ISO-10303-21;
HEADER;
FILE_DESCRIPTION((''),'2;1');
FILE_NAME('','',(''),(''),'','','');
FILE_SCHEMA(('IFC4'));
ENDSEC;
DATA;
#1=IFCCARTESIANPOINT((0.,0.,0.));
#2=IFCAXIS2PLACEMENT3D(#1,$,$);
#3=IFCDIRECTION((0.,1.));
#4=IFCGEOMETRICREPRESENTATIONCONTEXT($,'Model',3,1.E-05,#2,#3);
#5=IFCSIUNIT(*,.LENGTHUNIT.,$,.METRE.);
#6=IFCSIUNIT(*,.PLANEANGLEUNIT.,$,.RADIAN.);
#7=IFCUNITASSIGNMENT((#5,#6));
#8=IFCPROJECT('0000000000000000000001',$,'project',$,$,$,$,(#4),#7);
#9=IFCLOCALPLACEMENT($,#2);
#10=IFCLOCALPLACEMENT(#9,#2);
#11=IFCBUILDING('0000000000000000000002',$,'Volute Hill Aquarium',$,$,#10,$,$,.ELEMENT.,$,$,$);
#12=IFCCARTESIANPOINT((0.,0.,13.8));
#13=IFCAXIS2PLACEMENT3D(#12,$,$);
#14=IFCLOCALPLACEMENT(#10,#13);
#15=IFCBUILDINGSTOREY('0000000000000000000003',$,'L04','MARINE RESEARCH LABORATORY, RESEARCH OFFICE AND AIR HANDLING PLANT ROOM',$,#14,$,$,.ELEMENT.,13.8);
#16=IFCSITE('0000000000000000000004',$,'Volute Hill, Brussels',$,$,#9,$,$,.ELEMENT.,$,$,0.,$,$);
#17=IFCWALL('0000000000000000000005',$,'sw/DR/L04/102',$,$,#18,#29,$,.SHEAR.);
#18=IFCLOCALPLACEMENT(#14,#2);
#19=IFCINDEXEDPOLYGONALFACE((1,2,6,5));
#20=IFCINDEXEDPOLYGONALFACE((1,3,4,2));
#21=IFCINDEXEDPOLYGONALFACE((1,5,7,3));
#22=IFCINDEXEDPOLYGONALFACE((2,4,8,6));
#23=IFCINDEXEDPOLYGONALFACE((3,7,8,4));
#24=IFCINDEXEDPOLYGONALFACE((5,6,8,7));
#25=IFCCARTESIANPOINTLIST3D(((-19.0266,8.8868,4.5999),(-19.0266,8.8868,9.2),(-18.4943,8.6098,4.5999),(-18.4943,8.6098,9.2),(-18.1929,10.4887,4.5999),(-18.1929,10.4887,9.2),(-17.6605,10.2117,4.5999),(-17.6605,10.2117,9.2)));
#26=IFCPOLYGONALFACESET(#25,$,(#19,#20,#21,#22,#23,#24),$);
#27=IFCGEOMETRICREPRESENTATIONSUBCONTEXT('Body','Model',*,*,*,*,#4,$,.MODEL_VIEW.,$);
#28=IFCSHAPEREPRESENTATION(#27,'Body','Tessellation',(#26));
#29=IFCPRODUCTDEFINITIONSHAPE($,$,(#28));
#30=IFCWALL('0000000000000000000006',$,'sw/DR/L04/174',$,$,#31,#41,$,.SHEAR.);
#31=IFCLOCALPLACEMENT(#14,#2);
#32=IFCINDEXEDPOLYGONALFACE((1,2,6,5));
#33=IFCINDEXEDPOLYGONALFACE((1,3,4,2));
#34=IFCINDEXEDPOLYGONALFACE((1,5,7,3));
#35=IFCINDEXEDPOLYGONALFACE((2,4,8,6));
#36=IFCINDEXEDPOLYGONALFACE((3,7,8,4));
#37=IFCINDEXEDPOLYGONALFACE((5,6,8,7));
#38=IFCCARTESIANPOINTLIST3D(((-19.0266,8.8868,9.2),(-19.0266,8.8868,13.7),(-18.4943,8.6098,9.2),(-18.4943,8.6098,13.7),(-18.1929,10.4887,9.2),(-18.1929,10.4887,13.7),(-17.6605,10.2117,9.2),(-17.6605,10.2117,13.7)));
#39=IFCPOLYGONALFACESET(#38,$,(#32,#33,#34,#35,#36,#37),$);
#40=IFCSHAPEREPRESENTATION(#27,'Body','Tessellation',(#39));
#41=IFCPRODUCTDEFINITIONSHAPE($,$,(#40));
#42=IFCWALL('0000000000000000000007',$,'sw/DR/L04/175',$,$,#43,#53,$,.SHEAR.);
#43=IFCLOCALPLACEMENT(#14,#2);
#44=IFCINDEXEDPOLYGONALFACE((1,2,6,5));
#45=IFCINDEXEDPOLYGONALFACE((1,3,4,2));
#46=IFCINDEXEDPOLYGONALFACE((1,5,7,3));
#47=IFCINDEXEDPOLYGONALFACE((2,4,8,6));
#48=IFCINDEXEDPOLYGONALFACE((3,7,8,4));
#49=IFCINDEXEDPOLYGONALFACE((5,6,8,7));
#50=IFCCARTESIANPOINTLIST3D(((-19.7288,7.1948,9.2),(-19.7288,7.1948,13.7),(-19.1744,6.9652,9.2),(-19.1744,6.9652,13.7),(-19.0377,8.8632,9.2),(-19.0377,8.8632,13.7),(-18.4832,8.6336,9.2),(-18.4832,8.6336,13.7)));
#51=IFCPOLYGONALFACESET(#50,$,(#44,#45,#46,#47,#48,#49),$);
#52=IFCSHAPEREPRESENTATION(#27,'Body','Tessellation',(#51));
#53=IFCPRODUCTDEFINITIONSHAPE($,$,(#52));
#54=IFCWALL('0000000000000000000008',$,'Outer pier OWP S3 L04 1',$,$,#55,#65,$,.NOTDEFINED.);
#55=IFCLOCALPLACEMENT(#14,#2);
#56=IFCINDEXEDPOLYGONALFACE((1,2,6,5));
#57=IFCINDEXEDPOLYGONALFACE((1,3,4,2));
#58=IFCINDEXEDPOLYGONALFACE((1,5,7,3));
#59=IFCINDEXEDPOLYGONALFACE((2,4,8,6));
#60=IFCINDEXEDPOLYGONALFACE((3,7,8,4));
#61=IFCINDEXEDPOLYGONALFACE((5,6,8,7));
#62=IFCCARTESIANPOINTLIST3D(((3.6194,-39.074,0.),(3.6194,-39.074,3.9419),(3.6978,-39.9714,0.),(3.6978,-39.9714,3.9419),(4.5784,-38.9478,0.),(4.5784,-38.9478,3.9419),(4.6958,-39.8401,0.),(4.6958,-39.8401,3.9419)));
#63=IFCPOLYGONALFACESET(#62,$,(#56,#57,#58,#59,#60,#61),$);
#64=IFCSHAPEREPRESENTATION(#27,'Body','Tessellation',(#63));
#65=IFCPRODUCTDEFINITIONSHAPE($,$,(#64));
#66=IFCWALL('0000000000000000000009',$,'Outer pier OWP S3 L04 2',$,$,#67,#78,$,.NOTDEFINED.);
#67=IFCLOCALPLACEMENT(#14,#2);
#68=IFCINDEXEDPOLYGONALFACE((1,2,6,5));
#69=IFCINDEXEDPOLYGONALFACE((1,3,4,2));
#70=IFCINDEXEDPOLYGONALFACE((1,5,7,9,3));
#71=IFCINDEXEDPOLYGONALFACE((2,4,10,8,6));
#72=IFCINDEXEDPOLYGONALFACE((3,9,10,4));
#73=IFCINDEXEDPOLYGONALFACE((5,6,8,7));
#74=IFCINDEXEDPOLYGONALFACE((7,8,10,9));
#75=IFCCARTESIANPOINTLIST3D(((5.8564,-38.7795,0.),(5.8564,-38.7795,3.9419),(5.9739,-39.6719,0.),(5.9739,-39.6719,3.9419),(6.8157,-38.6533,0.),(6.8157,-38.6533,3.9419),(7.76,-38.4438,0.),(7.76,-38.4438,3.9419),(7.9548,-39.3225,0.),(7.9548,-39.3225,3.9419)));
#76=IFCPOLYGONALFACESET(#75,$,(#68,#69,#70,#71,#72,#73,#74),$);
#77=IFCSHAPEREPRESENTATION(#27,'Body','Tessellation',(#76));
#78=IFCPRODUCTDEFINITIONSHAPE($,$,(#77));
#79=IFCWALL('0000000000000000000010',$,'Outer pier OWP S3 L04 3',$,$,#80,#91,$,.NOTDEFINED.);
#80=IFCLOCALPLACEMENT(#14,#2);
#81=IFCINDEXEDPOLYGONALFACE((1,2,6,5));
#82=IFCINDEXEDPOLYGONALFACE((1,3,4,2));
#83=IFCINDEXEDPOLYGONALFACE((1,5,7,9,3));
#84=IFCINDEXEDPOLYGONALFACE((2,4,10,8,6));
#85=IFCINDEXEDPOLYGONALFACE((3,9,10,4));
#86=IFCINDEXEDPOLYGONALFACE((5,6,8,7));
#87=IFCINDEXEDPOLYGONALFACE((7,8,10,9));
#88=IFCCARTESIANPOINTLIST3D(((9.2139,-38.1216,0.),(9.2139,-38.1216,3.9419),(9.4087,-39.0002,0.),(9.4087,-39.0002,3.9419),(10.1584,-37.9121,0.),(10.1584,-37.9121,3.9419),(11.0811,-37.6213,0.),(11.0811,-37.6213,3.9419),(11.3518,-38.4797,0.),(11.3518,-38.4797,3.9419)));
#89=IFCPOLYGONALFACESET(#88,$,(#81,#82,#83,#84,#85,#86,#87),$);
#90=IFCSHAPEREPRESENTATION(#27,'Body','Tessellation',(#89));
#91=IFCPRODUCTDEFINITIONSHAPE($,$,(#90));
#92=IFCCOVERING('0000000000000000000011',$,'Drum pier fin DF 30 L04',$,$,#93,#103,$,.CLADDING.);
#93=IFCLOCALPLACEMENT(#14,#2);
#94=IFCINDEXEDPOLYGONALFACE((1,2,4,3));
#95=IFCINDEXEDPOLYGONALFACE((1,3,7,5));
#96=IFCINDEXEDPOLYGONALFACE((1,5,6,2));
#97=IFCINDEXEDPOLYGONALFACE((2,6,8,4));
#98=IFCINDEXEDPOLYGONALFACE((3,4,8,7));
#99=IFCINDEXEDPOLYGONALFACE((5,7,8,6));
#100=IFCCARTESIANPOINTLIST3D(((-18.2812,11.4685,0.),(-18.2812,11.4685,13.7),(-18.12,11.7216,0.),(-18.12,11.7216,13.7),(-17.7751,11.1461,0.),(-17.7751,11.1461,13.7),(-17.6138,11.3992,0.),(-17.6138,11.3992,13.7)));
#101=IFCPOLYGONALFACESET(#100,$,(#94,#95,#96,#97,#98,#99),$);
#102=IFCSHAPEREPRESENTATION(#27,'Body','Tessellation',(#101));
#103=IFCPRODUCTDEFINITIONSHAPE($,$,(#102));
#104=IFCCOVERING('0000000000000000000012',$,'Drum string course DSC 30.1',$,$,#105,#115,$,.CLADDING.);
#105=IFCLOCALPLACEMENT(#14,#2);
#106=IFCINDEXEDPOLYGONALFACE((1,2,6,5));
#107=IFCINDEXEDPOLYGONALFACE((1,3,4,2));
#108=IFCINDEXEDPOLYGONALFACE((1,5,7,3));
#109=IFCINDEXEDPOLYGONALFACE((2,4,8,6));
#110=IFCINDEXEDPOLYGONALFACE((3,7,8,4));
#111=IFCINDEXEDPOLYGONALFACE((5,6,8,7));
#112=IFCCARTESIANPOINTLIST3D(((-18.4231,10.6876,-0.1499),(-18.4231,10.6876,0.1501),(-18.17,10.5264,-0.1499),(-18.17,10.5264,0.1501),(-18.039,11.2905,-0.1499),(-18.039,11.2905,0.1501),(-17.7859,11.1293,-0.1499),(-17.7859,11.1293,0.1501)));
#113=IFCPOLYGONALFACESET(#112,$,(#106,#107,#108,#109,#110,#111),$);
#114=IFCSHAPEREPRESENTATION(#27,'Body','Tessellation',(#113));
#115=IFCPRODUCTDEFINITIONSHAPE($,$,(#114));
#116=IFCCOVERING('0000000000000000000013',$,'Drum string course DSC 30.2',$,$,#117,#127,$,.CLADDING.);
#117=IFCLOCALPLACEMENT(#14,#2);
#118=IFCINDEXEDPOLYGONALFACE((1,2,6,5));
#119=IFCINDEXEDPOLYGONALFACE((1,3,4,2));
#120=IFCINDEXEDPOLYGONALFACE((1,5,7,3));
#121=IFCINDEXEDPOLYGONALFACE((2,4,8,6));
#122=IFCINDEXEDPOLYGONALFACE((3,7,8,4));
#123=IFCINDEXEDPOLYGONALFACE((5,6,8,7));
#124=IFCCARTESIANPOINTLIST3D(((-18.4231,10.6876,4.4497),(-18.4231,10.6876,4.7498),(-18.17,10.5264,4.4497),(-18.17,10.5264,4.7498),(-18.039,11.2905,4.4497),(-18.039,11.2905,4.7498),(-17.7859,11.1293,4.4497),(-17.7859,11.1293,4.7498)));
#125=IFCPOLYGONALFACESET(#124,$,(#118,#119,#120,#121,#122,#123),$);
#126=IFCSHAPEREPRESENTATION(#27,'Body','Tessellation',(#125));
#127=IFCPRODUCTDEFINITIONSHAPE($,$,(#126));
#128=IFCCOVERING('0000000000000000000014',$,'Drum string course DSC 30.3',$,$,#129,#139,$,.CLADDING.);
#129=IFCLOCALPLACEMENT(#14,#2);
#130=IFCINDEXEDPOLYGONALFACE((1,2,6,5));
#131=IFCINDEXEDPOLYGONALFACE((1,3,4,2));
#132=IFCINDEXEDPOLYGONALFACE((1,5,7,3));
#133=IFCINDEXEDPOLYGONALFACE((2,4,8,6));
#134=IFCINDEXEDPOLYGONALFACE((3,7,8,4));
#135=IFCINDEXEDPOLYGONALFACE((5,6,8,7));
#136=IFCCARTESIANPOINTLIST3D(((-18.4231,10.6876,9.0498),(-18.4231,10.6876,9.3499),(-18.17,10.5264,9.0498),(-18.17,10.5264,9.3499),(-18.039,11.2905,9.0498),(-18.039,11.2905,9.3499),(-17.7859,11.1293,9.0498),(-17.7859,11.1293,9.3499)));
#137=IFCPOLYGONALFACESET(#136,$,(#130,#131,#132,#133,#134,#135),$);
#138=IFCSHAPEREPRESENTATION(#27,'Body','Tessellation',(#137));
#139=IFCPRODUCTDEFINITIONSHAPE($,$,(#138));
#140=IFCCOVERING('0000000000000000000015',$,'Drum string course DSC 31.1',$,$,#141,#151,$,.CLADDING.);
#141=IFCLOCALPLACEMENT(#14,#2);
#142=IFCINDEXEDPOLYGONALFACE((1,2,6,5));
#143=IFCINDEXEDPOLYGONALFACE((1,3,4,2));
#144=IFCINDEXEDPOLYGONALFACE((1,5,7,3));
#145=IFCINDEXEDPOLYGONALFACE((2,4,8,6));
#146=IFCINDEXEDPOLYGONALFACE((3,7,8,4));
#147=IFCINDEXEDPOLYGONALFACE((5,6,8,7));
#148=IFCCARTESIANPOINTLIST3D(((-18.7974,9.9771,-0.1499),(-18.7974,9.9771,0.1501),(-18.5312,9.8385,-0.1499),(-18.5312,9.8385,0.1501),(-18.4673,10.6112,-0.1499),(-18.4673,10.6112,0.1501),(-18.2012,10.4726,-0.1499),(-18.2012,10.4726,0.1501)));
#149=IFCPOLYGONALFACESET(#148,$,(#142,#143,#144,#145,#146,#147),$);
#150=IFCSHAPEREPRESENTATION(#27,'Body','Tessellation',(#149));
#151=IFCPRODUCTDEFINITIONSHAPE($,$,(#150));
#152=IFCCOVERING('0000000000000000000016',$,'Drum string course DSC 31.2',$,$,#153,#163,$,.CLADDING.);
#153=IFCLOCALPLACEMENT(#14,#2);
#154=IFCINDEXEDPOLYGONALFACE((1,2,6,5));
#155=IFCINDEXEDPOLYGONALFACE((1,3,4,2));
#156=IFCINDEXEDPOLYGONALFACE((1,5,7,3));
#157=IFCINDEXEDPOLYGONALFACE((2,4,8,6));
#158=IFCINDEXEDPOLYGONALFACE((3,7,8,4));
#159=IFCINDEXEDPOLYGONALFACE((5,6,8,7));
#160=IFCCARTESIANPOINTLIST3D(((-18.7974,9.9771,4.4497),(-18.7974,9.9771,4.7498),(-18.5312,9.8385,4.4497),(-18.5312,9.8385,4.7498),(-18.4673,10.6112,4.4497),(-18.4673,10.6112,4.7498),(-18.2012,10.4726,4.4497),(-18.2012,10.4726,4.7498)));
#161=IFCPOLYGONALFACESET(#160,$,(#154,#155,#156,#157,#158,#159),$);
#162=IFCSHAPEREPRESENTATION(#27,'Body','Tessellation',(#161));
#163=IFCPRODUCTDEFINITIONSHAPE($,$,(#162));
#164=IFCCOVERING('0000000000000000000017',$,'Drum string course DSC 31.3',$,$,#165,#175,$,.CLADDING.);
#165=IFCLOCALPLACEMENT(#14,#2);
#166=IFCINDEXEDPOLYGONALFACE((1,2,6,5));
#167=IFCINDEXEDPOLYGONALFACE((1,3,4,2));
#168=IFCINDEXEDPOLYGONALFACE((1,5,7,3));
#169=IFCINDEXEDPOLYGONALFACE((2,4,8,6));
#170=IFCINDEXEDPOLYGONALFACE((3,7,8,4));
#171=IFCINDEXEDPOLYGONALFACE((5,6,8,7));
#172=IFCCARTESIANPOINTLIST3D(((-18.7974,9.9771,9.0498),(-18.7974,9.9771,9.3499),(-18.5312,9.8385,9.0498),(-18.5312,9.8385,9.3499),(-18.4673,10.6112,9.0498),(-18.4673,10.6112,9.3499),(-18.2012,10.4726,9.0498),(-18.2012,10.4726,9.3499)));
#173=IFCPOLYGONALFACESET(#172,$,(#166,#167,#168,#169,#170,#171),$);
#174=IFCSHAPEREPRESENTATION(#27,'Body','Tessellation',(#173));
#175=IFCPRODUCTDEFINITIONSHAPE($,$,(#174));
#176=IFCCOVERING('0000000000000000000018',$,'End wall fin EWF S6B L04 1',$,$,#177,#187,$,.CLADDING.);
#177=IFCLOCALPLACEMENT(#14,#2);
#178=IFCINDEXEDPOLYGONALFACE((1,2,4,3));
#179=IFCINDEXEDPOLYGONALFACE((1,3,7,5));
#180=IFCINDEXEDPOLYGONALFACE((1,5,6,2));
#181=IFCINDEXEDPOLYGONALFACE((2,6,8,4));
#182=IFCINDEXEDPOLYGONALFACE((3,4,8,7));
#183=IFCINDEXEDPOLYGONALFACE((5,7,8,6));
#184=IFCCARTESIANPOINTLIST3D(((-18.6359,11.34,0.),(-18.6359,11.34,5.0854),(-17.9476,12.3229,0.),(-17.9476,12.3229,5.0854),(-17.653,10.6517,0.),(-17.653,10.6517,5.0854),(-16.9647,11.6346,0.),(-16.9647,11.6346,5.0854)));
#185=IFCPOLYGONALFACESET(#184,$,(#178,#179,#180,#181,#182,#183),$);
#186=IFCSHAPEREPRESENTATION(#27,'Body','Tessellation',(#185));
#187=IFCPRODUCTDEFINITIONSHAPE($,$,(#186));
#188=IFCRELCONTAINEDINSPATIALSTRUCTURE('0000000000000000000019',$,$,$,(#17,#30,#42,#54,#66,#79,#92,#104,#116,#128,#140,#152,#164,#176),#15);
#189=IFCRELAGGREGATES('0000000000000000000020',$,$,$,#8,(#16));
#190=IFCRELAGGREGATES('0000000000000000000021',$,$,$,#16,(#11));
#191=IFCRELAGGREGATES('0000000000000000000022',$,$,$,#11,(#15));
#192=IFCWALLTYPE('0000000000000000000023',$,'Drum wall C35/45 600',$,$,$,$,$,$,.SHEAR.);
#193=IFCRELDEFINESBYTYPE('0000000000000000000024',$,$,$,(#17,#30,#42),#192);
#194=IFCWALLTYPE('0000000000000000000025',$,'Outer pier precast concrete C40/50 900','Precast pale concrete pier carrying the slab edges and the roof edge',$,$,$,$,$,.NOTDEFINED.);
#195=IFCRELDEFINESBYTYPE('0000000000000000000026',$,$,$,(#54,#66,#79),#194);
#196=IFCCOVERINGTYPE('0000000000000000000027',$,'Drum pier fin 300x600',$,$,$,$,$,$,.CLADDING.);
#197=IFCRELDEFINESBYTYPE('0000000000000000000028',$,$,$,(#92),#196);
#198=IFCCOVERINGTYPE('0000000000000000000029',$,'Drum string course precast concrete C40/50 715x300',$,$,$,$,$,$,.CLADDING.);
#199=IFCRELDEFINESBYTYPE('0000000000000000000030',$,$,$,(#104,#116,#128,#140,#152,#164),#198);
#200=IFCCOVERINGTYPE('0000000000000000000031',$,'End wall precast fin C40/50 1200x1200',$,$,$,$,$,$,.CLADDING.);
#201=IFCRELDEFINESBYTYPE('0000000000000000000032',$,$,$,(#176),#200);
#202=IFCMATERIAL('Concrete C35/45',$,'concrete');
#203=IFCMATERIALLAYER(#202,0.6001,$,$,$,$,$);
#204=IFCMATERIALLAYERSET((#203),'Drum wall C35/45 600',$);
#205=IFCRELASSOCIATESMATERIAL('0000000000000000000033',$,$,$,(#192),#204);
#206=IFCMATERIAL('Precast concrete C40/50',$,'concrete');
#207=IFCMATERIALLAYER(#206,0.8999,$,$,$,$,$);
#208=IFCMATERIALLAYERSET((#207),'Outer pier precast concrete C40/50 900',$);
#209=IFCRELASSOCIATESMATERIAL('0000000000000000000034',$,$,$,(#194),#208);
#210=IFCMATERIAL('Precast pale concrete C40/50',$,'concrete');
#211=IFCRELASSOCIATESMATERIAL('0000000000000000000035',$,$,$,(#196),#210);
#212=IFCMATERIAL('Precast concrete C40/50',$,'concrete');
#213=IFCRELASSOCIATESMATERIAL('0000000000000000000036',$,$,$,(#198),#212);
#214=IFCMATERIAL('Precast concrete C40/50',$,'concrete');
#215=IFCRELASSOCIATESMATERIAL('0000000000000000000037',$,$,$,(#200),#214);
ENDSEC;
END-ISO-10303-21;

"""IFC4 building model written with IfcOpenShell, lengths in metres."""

from ifc_helpers import new_model, si_unit, direction, frame, frame_2d, origin, origin_2d, place, context, subcontext, project, spatial, polyline, rectangle, outline, extrude, material, layer, layer_set, type_object, element, save


model = new_model("IFC4")

# Units and contexts
model_context = context("Model", 3, precision=1e-05, world=origin(), true_north=direction((0.0, 1.0)))
body_context = subcontext(model_context, "Body", "Model", "MODEL_VIEW")
ifc_project = project(units=[si_unit("LENGTHUNIT", "METRE"), si_unit("PLANEANGLEUNIT", "RADIAN")], contexts=[model_context])

# Site, building, storey
site_placement = place(None, origin())
site = spatial("IfcSite", under=ifc_project, at=site_placement, Name="Volute Hill, Brussels", CompositionType="ELEMENT", RefElevation=0.0)
building_placement = place(site_placement, origin())
building = spatial("IfcBuilding", under=site, at=building_placement, Name="Volute Hill Aquarium", CompositionType="ELEMENT")
storey_placement = place(building_placement, frame((0.0, 0.0, 13.8)))
storey = spatial("IfcBuildingStorey", under=building, at=storey_placement, Name="L04", Description="MARINE RESEARCH LABORATORY, RESEARCH OFFICE AND AIR HANDLING PLANT ROOM", CompositionType="ELEMENT", Elevation=13.8)

# Walls
ifc_material_1 = material(Name="Concrete C35/45", Category="concrete")
ifc_layer_1 = layer(ifc_material_1, 0.6001)
ifc_layer_set_1 = layer_set([ifc_layer_1], Name="Drum wall C35/45 600")
wall_type_1 = type_object("IfcWallType", Name="Drum wall C35/45 600", PredefinedType="SHEAR", material=ifc_layer_set_1)
wall_1_placement = place(storey_placement, frame((-17.9268, 10.3501, 4.5999), z_axis=(0.0, 0.0, 1.0), x_axis=(-0.461702, -0.887035, 0.0)))
element("IfcWall", 1, at=wall_1_placement, inside=storey, type_object=wall_type_1, Name="sw/DR/L04/102", PredefinedType="SHEAR", context=body_context, shape_type="SweptSolid", body=[
    extrude(rectangle(XDim=1.8059, YDim=0.6001, at=frame_2d((0.9028, 0.0))), origin(), (0.0, 0.0, 1.0), 4.6001),
])
for number, where, z_axis, x_axis, name in (
    (2, (-17.9268, 10.3501, 9.2), (0.0, 0.0, 1.0), (-0.461702, -0.887035, 0.0), "sw/DR/L04/174"),
    (3, (-18.7605, 8.7483, 9.2), (0.0, 0.0, 1.0), (-0.382714, -0.923867, 0.0), "sw/DR/L04/175"),
):
    element("IfcWall", number, at=place(storey_placement, frame(where, z_axis=z_axis, x_axis=x_axis)), inside=storey, type_object=wall_type_1, Name=name, PredefinedType="SHEAR", context=body_context, shape_type="SweptSolid", body=[
        extrude(rectangle(XDim=1.8059, YDim=0.6001, at=frame_2d((0.9028, 0.0))), origin(), (0.0, 0.0, 1.0), 4.5),
    ])
ifc_material_2 = material(Name="Precast concrete C40/50", Category="concrete")
ifc_layer_2 = layer(ifc_material_2, 0.8999)
ifc_layer_set_2 = layer_set([ifc_layer_2], Name="Outer pier precast concrete C40/50 900")
wall_type_2 = type_object("IfcWallType", Name="Outer pier precast concrete C40/50 900", Description="Precast pale concrete pier carrying the slab edges and the roof edge", PredefinedType="NOTDEFINED", material=ifc_layer_set_2)
wall_2_placement = place(storey_placement, origin())
element("IfcWall", 4, at=wall_2_placement, inside=storey, type_object=wall_type_2, Name="Outer pier OWP S3 L04 1", PredefinedType="NOTDEFINED", context=body_context, shape_type="SweptSolid", body=[
    extrude(outline(polyline([(3.6194, -39.074), (3.6978, -39.9714), (4.6958, -39.8401), (4.5784, -38.9478), (3.6194, -39.074)])), origin(), (0.0, 0.0, 1.0), 3.9419),
])
wall_3_placement = place(storey_placement, origin())
element("IfcWall", 5, at=wall_3_placement, inside=storey, type_object=wall_type_2, Name="Outer pier OWP S3 L04 2", PredefinedType="NOTDEFINED", context=body_context, shape_type="SweptSolid", body=[
    extrude(outline(polyline([(5.8564, -38.7795), (5.9739, -39.6719), (7.9548, -39.3225), (7.76, -38.4438), (6.8157, -38.6533), (5.8564, -38.7795)])), origin(), (0.0, 0.0, 1.0), 3.9419),
])
wall_4_placement = place(storey_placement, origin())
element("IfcWall", 6, at=wall_4_placement, inside=storey, type_object=wall_type_2, Name="Outer pier OWP S3 L04 3", PredefinedType="NOTDEFINED", context=body_context, shape_type="SweptSolid", body=[
    extrude(outline(polyline([(9.2139, -38.1216), (9.4087, -39.0002), (11.3518, -38.4797), (11.0811, -37.6213), (10.1584, -37.9121), (9.2139, -38.1216)])), origin(), (0.0, 0.0, 1.0), 3.9419),
])

# Coverings
ifc_material_3 = material(Name="Precast pale concrete C40/50", Category="concrete")
covering_type_1 = type_object("IfcCoveringType", Name="Drum pier fin 300x600", PredefinedType="CLADDING", material=ifc_material_3)
covering_1_placement = place(storey_placement, frame((-17.9475, 11.4338, 0.0), z_axis=(0.0, 0.0, 1.0), x_axis=(-0.5373, -0.843391, 0.0)))
element("IfcCovering", 7, at=covering_1_placement, inside=storey, type_object=covering_type_1, Name="Drum pier fin DF 30 L04", PredefinedType="CLADDING", context=body_context, shape_type="SweptSolid", body=[
    extrude(rectangle(XDim=0.3, YDim=0.6001, at=origin_2d()), origin(), (0.0, 0.0, 1.0), 13.7),
])
ifc_material_4 = material(Name="Precast concrete C40/50", Category="concrete")
covering_type_2 = type_object("IfcCoveringType", Name="Drum string course precast concrete C40/50 715x300", PredefinedType="CLADDING", material=ifc_material_4)
for number, where, z_axis, x_axis, name in (
    (8, (-18.1045, 10.9084, -0.1499), (0.0, 0.0, 1.0), (-0.5373, -0.843391, 0.0), "Drum string course DSC 30.1"),
    (9, (-18.1045, 10.9084, 4.4497), (0.0, 0.0, 1.0), (-0.5373, -0.843391, 0.0), "Drum string course DSC 30.2"),
    (10, (-18.1045, 10.9084, 9.0498), (0.0, 0.0, 1.0), (-0.5373, -0.843391, 0.0), "Drum string course DSC 30.3"),
    (11, (-18.4993, 10.2249, -0.1499), (0.0, 0.0, 1.0), (-0.461749, -0.887011, 0.0), "Drum string course DSC 31.1"),
    (12, (-18.4993, 10.2249, 4.4497), (0.0, 0.0, 1.0), (-0.461749, -0.887011, 0.0), "Drum string course DSC 31.2"),
    (13, (-18.4993, 10.2249, 9.0498), (0.0, 0.0, 1.0), (-0.461749, -0.887011, 0.0), "Drum string course DSC 31.3"),
):
    element("IfcCovering", number, at=place(storey_placement, frame(where, z_axis=z_axis, x_axis=x_axis)), inside=storey, type_object=covering_type_2, Name=name, PredefinedType="CLADDING", context=body_context, shape_type="SweptSolid", body=[
        extrude(rectangle(XDim=0.7148, YDim=0.3, at=origin_2d()), origin(), (0.0, 0.0, 1.0), 0.3),
    ])
ifc_material_5 = material(Name="Precast concrete C40/50", Category="concrete")
covering_type_3 = type_object("IfcCoveringType", Name="End wall precast fin C40/50 1200x1200", PredefinedType="CLADDING", material=ifc_material_5)
covering_2_placement = place(storey_placement, frame((-17.8003, 11.4873, 0.0), z_axis=(0.0, 0.0, 1.0), x_axis=(-0.819151, 0.573577, 0.0)))
element("IfcCovering", 14, at=covering_2_placement, inside=storey, type_object=covering_type_3, Name="End wall fin EWF S6B L04 1", PredefinedType="CLADDING", context=body_context, shape_type="SweptSolid", body=[
    extrude(rectangle(XDim=1.2, YDim=1.2, at=origin_2d()), origin(), (0.0, 0.0, 1.0), 5.0854),
])

save(model, "model.ifc")
